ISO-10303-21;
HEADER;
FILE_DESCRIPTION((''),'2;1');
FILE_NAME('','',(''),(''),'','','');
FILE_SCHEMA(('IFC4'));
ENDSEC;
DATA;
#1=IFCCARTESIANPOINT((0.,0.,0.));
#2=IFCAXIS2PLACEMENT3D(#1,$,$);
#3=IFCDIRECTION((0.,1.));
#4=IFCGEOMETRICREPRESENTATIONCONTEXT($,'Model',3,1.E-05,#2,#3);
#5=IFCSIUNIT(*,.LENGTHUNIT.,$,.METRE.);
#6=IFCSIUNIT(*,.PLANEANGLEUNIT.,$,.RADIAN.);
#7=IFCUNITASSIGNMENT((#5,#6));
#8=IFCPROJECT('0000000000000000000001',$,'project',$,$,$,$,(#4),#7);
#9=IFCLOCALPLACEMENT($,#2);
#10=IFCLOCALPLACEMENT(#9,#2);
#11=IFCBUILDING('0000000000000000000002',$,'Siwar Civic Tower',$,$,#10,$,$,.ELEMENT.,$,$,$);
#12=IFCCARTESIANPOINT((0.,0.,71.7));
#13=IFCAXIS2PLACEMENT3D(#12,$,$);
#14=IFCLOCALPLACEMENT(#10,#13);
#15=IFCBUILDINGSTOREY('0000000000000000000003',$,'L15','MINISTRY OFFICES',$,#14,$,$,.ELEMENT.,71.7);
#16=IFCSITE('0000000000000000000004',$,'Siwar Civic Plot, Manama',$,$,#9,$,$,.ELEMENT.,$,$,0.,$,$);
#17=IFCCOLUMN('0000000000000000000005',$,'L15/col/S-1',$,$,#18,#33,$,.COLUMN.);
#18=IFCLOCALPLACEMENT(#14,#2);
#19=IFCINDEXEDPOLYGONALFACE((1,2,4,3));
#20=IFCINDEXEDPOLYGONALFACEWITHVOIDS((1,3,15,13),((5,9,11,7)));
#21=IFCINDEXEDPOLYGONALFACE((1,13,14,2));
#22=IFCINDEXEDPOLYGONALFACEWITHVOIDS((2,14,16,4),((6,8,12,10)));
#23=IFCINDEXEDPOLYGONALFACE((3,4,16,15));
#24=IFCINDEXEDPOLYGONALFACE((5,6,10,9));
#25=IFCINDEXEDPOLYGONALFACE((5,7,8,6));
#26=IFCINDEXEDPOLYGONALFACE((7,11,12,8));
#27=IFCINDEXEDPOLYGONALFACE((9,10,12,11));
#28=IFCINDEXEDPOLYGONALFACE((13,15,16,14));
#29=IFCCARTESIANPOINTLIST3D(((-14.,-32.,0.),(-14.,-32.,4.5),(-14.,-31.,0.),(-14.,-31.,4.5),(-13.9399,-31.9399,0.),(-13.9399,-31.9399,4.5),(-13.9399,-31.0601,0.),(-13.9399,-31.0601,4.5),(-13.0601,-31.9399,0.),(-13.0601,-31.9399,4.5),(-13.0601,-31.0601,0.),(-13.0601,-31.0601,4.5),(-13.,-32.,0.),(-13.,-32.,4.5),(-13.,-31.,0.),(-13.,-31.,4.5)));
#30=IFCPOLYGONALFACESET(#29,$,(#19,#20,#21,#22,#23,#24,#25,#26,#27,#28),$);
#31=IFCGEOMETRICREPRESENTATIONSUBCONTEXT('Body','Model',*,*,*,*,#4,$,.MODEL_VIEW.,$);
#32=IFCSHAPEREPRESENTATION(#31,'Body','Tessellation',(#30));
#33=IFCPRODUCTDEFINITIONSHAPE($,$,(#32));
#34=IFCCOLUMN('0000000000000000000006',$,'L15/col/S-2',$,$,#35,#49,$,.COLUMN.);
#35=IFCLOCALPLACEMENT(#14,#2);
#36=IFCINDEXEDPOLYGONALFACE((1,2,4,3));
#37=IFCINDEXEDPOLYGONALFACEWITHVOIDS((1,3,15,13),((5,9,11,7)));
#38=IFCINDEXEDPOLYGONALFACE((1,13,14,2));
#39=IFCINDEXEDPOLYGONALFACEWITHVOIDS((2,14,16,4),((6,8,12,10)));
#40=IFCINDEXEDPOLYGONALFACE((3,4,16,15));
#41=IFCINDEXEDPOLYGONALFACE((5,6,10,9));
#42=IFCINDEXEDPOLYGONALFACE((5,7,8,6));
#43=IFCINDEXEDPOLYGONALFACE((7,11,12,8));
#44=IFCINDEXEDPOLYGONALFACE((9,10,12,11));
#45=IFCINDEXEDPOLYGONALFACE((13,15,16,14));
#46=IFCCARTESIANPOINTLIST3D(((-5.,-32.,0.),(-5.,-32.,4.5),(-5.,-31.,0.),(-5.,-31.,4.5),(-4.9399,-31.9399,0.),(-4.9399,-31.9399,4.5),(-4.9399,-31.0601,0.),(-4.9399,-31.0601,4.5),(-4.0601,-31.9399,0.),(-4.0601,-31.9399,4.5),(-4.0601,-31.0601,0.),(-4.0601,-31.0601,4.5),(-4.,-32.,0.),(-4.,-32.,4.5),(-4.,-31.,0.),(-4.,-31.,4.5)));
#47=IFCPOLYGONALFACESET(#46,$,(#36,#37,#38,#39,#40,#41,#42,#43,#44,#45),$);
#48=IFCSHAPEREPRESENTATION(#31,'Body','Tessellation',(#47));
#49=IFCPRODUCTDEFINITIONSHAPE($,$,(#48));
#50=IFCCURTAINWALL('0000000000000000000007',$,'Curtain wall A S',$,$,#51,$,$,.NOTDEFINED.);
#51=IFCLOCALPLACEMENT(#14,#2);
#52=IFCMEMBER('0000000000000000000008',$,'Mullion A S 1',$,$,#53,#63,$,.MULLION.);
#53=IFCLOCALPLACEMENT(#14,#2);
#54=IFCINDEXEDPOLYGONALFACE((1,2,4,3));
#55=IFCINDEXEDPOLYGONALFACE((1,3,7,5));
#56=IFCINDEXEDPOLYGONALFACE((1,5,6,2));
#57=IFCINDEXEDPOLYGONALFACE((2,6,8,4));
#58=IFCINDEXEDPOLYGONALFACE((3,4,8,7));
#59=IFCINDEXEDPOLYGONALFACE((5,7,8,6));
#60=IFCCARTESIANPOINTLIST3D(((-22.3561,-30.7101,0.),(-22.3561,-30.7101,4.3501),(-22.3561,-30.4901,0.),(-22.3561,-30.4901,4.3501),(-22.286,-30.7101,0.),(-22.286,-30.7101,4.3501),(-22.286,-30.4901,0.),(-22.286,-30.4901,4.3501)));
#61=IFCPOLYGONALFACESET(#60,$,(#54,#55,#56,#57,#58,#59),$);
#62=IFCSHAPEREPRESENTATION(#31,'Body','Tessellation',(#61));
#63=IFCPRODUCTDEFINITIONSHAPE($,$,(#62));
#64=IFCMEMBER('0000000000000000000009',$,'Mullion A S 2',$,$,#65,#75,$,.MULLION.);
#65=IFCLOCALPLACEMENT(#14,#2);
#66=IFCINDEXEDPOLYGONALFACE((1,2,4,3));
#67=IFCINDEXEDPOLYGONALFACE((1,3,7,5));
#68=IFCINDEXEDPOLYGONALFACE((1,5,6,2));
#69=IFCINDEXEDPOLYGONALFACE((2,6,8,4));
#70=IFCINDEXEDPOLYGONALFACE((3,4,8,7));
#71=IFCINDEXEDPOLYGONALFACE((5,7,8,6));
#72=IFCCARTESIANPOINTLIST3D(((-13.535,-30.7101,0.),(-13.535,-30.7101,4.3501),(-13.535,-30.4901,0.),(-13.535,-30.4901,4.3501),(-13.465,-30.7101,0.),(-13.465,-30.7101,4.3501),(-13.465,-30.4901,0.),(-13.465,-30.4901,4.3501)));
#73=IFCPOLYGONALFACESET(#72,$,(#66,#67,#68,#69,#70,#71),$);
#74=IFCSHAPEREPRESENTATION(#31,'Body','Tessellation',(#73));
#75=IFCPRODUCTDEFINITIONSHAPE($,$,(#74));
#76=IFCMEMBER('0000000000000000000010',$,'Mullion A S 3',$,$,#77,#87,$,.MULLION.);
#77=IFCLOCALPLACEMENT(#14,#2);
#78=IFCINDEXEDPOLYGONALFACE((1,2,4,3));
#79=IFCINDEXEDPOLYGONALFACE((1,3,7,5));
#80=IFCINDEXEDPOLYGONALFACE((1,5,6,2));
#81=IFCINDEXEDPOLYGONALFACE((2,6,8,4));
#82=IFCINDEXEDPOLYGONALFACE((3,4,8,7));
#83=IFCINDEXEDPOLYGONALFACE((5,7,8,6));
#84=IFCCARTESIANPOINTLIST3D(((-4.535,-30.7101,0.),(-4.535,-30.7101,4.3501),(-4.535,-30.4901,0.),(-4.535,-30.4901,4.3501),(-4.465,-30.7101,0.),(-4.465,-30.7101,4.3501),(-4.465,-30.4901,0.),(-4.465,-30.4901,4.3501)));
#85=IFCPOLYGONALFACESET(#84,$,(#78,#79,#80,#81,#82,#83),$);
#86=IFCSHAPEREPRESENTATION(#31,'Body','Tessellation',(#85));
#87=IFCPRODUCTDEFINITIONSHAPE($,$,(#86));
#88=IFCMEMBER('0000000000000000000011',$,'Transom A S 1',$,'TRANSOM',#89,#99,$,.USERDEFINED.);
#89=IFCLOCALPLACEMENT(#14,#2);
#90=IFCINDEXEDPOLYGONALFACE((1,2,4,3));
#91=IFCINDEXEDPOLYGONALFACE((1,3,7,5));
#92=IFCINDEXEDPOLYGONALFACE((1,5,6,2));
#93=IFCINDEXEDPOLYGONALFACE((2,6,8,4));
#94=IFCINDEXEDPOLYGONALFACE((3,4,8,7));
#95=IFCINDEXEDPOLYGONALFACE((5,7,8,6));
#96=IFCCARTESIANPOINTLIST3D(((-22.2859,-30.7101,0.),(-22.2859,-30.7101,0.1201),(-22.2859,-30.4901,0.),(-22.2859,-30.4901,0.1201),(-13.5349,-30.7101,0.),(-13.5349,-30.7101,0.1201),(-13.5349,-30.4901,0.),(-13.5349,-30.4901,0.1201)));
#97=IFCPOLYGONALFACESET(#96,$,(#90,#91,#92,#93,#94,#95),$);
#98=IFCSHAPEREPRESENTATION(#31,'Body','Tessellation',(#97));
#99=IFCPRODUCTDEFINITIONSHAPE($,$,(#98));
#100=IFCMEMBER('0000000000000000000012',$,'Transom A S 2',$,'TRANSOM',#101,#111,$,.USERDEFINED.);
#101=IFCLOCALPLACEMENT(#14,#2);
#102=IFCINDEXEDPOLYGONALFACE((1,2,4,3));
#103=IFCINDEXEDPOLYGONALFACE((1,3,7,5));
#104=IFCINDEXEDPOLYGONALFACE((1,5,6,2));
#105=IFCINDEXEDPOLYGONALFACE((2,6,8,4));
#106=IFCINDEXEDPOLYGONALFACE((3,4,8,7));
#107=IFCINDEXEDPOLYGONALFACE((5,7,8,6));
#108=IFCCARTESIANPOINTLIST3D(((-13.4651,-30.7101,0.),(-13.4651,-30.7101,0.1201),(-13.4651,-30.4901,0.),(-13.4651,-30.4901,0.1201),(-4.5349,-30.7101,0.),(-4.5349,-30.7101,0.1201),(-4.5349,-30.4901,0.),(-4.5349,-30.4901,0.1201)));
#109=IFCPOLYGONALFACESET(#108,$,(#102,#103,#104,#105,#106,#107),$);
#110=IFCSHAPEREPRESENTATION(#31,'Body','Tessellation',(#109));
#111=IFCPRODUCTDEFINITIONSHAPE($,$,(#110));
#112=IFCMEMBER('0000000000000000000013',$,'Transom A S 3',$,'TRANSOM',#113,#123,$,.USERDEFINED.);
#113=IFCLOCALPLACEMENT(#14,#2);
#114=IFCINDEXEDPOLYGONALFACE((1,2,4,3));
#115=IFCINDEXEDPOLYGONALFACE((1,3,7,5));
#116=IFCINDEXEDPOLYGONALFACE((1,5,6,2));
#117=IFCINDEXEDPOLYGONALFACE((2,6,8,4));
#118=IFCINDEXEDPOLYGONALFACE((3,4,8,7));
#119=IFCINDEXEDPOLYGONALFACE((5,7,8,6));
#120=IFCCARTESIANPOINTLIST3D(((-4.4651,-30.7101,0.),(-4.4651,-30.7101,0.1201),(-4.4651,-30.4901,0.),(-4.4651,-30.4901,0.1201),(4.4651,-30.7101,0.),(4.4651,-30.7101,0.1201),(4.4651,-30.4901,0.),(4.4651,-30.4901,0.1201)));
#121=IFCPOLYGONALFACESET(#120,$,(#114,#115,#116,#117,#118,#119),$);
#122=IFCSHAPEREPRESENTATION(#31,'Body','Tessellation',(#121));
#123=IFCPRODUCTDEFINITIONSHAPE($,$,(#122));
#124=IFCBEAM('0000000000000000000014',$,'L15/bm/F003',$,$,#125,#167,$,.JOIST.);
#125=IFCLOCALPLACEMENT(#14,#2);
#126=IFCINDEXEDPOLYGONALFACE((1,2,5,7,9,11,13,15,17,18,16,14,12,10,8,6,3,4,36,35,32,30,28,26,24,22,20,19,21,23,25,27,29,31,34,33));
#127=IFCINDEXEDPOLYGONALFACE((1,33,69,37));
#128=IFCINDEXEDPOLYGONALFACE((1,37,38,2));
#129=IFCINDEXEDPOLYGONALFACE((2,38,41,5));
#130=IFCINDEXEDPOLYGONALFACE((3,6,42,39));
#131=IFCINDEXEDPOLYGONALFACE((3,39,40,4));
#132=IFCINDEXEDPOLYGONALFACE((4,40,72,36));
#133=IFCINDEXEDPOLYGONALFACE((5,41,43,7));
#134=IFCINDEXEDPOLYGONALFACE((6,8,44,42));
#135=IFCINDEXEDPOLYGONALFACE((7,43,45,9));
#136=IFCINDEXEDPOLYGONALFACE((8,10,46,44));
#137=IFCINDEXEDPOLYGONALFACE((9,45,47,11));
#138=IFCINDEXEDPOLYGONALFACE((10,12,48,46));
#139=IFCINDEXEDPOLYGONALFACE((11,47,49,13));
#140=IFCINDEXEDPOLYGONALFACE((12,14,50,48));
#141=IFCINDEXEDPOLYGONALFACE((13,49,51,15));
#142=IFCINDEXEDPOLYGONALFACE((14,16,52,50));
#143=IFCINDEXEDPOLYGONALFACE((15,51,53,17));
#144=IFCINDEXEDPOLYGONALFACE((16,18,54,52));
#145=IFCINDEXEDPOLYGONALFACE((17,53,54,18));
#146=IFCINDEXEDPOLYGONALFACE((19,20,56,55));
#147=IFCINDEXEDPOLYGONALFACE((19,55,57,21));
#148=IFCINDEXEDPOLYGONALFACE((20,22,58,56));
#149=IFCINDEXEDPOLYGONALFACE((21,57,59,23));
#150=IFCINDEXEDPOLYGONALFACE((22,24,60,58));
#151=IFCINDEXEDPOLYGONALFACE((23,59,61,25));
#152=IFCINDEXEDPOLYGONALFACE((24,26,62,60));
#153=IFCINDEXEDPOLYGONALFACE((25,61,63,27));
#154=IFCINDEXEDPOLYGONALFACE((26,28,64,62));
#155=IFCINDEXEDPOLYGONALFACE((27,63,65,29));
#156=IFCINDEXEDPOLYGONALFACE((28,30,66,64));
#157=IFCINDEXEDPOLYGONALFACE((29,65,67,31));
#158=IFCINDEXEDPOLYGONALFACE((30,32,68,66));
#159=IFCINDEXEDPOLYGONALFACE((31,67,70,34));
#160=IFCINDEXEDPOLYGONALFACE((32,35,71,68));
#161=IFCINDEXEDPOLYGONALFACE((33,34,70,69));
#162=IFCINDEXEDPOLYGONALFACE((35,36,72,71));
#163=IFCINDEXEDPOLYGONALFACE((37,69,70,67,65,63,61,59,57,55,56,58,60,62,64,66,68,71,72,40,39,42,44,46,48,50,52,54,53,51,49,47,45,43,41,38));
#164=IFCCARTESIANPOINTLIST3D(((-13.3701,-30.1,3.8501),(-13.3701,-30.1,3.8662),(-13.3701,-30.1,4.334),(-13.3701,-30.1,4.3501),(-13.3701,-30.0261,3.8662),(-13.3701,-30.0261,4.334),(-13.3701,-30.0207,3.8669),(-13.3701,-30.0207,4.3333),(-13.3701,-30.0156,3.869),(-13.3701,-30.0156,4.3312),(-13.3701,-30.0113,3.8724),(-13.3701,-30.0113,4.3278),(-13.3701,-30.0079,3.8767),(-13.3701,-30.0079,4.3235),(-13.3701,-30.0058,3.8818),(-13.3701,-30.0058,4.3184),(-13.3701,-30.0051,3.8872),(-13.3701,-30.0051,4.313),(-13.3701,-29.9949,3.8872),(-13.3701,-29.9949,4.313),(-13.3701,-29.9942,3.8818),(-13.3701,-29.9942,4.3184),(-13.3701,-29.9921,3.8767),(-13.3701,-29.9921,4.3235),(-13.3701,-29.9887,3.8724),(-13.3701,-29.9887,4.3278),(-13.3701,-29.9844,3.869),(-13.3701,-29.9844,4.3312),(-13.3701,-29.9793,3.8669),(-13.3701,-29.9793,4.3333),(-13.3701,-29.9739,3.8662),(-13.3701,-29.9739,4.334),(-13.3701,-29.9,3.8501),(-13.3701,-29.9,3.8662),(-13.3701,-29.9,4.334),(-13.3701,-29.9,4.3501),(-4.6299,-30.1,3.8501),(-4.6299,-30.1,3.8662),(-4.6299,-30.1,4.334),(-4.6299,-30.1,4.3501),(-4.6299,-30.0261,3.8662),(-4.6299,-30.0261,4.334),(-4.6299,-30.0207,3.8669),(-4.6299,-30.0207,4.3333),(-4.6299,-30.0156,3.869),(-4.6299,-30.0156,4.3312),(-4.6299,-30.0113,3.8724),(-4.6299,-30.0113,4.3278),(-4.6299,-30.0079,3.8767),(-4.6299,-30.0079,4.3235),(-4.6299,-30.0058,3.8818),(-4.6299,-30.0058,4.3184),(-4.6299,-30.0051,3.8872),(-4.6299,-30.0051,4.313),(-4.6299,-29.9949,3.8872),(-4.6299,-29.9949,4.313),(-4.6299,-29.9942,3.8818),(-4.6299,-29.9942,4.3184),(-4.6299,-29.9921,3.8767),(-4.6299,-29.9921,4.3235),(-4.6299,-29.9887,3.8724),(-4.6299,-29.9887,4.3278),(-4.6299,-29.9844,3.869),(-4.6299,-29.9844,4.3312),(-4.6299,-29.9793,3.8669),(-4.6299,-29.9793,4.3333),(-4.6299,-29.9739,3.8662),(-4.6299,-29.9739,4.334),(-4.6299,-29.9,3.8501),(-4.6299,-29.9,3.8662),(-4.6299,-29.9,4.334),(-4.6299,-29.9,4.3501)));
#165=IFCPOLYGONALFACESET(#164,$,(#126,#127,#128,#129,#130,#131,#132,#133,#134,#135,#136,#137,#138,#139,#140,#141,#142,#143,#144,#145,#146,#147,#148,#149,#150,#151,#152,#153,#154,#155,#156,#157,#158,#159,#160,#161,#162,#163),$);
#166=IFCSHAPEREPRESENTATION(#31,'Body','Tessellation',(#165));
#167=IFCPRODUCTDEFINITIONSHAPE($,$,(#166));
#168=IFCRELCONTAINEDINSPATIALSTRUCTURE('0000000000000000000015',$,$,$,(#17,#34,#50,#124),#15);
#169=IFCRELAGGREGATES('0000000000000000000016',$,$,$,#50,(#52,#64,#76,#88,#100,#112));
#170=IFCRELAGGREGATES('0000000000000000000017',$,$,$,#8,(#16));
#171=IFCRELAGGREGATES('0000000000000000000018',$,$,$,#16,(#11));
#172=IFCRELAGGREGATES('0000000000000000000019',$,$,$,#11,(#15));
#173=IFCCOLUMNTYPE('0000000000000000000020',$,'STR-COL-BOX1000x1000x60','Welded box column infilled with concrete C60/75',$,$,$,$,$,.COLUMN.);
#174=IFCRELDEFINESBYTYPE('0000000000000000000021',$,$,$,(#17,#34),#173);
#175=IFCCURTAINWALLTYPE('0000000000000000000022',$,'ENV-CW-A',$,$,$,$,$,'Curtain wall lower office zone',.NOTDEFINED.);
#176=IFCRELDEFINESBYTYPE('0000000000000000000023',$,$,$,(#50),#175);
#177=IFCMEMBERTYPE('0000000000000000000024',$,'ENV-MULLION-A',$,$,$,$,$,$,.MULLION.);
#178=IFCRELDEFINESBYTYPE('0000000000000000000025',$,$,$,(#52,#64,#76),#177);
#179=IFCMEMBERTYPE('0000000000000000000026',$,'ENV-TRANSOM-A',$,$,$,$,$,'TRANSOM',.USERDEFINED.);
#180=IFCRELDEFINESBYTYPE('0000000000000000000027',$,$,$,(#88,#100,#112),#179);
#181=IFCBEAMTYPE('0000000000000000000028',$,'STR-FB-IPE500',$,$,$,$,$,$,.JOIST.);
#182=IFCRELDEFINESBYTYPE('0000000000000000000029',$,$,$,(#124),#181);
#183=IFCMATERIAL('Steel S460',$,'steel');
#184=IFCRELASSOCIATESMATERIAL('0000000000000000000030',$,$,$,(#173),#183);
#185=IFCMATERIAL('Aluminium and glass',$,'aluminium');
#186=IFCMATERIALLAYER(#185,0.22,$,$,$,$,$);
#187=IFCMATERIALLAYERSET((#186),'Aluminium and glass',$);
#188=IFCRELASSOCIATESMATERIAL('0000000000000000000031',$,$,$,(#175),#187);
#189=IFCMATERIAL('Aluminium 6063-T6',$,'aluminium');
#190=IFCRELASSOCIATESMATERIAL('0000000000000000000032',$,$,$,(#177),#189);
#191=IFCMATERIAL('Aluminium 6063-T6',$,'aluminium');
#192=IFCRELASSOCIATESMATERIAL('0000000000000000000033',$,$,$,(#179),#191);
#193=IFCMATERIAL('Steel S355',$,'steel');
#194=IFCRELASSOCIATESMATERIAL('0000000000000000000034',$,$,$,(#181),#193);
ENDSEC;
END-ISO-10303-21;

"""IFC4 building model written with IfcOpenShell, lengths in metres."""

from ifc_helpers import new_model, si_unit, direction, frame, origin, origin_2d, place, context, subcontext, project, spatial, rectangle, hollow_rectangle, i_section, extrude, material, layer, layer_set, material_profile, profile_set, type_object, element, aggregate, save


model = new_model("IFC4")

# Units and contexts
model_context = context("Model", 3, precision=1e-05, world=origin(), true_north=direction((0.0, 1.0)))
body_context = subcontext(model_context, "Body", "Model", "MODEL_VIEW")
ifc_project = project(units=[si_unit("LENGTHUNIT", "METRE"), si_unit("PLANEANGLEUNIT", "RADIAN")], contexts=[model_context])

# Site, building, storey
site_placement = place(None, origin())
site = spatial("IfcSite", under=ifc_project, at=site_placement, Name="Siwar Civic Plot, Manama", CompositionType="ELEMENT", RefElevation=0.0)
building_placement = place(site_placement, origin())
building = spatial("IfcBuilding", under=site, at=building_placement, Name="Siwar Civic Tower", CompositionType="ELEMENT")
storey_placement = place(building_placement, frame((0.0, 0.0, 71.7)))
storey = spatial("IfcBuildingStorey", under=building, at=storey_placement, Name="L15", Description="MINISTRY OFFICES", CompositionType="ELEMENT", Elevation=71.7)

# Columns
ifc_material_1 = material(Name="Steel S460", Category="steel")
ifc_material_profile_1 = material_profile(ifc_material_1, hollow_rectangle(XDim=1.0, YDim=1.0, WallThickness=0.0601, at=origin_2d()), Name="BOX1000x1000x60")
ifc_profile_set_1 = profile_set([ifc_material_profile_1], Name="Steel S460")
column_type = type_object("IfcColumnType", Name="STR-COL-BOX1000x1000x60", Description="Welded box column infilled with concrete C60/75", PredefinedType="COLUMN", material=ifc_profile_set_1)
for number, where, z_axis, x_axis, name in (
    (1, (-13.5, -31.5, 0.0), (0.0, 0.0, 1.0), (1.0, 0.0, 0.0), "L15/col/S-1"),
    (2, (-4.5, -31.5, 0.0), (0.0, 0.0, 1.0), (1.0, 0.0, 0.0), "L15/col/S-2"),
):
    element("IfcColumn", number, at=place(storey_placement, frame(where, z_axis=z_axis, x_axis=x_axis)), inside=storey, type_object=column_type, Name=name, PredefinedType="COLUMN", context=body_context, shape_type="SweptSolid", body=[
        extrude(hollow_rectangle(XDim=1.0, YDim=1.0, WallThickness=0.0601, at=origin_2d()), origin(), (0.0, 0.0, 1.0), 4.5),
    ])

# Curtain wall, members
ifc_material_2 = material(Name="Aluminium and glass", Category="aluminium")
ifc_layer_1 = layer(ifc_material_2, 0.22)
ifc_layer_set_1 = layer_set([ifc_layer_1], Name="Aluminium and glass")
curtain_wall_type = type_object("IfcCurtainWallType", Name="ENV-CW-A", ElementType="Curtain wall lower office zone", PredefinedType="NOTDEFINED", material=ifc_layer_set_1)
curtain_wall_placement = place(storey_placement, origin())
curtain_wall = element("IfcCurtainWall", 3, at=curtain_wall_placement, inside=storey, type_object=curtain_wall_type, Name="Curtain wall A S", PredefinedType="NOTDEFINED")
ifc_material_3 = material(Name="Aluminium 6063-T6", Category="aluminium")
ifc_material_profile_2 = material_profile(ifc_material_3, rectangle(XDim=0.22, YDim=0.0701, at=origin_2d()), Name="AL 220x70")
ifc_profile_set_2 = profile_set([ifc_material_profile_2], Name="Aluminium 6063-T6")
member_type_1 = type_object("IfcMemberType", Name="ENV-MULLION-A", PredefinedType="MULLION", material=ifc_profile_set_2)
member_1_placement = place(storey_placement, frame((-22.321, -30.6001, 0.0), z_axis=(0.0, 0.0, 1.0), x_axis=(0.0, 1.0, 0.0)))
member_1 = element("IfcMember", 4, at=member_1_placement, type_object=member_type_1, Name="Mullion A S 1", PredefinedType="MULLION", context=body_context, shape_type="SweptSolid", body=[
    extrude(rectangle(XDim=0.22, YDim=0.0701, at=origin_2d()), origin(), (0.0, 0.0, 1.0), 4.3501),
])
member_2_placement = place(storey_placement, frame((-13.5, -30.6001, 0.0), z_axis=(0.0, 0.0, 1.0), x_axis=(0.0, 1.0, 0.0)))
member_2 = element("IfcMember", 5, at=member_2_placement, type_object=member_type_1, Name="Mullion A S 2", PredefinedType="MULLION", context=body_context, shape_type="SweptSolid", body=[
    extrude(rectangle(XDim=0.22, YDim=0.0701, at=origin_2d()), origin(), (0.0, 0.0, 1.0), 4.3501),
])
member_3_placement = place(storey_placement, frame((-4.5, -30.6001, 0.0), z_axis=(0.0, 0.0, 1.0), x_axis=(0.0, 1.0, 0.0)))
member_3 = element("IfcMember", 6, at=member_3_placement, type_object=member_type_1, Name="Mullion A S 3", PredefinedType="MULLION", context=body_context, shape_type="SweptSolid", body=[
    extrude(rectangle(XDim=0.22, YDim=0.0701, at=origin_2d()), origin(), (0.0, 0.0, 1.0), 4.3501),
])
ifc_material_4 = material(Name="Aluminium 6063-T6", Category="aluminium")
ifc_material_profile_3 = material_profile(ifc_material_4, rectangle(XDim=0.22, YDim=0.1201, at=origin_2d()), Name="AL 220x120")
ifc_profile_set_3 = profile_set([ifc_material_profile_3], Name="Aluminium 6063-T6")
member_type_2 = type_object("IfcMemberType", Name="ENV-TRANSOM-A", ElementType="TRANSOM", PredefinedType="USERDEFINED", material=ifc_profile_set_3)
member_4_placement = place(storey_placement, frame((-22.2859, -30.6001, 0.0601), z_axis=(1.0, 0.0, 0.0), x_axis=(0.0, 1.0, 0.0)))
member_4 = element("IfcMember", 7, at=member_4_placement, type_object=member_type_2, Name="Transom A S 1", ObjectType="TRANSOM", PredefinedType="USERDEFINED", context=body_context, shape_type="SweptSolid", body=[
    extrude(rectangle(XDim=0.22, YDim=0.1201, at=origin_2d()), origin(), (0.0, 0.0, 1.0), 8.751),
])
member_5_placement = place(storey_placement, frame((-13.4651, -30.6001, 0.0601), z_axis=(1.0, 0.0, 0.0), x_axis=(0.0, 1.0, 0.0)))
member_5 = element("IfcMember", 8, at=member_5_placement, type_object=member_type_2, Name="Transom A S 2", ObjectType="TRANSOM", PredefinedType="USERDEFINED", context=body_context, shape_type="SweptSolid", body=[
    extrude(rectangle(XDim=0.22, YDim=0.1201, at=origin_2d()), origin(), (0.0, 0.0, 1.0), 8.9302),
])
member_6_placement = place(storey_placement, frame((-4.4651, -30.6001, 0.0601), z_axis=(1.0, 0.0, 0.0), x_axis=(0.0, 1.0, 0.0)))
member_6 = element("IfcMember", 9, at=member_6_placement, type_object=member_type_2, Name="Transom A S 3", ObjectType="TRANSOM", PredefinedType="USERDEFINED", context=body_context, shape_type="SweptSolid", body=[
    extrude(rectangle(XDim=0.22, YDim=0.1201, at=origin_2d()), origin(), (0.0, 0.0, 1.0), 8.9302),
])

# Beam
ifc_material_5 = material(Name="Steel S355", Category="steel")
ifc_material_profile_4 = material_profile(ifc_material_5, i_section(OverallWidth=0.2, OverallDepth=0.5, WebThickness=0.0103, FlangeThickness=0.0161, FilletRadius=0.021, at=origin_2d()), Name="IPE500")
ifc_profile_set_4 = profile_set([ifc_material_profile_4], Name="Steel S355")
beam_type_1 = type_object("IfcBeamType", Name="STR-FB-IPE500", PredefinedType="JOIST", material=ifc_profile_set_4)
for number, where, z_axis, x_axis, name in (
    (10, (-13.3701, -30.0, 4.1001), (1.0, 0.0, 0.0), (0.0, 1.0, 0.0), "L15/bm/F003"),
):
    element("IfcBeam", number, at=place(storey_placement, frame(where, z_axis=z_axis, x_axis=x_axis)), inside=storey, type_object=beam_type_1, Name=name, PredefinedType="JOIST", context=body_context, shape_type="SweptSolid", body=[
        extrude(i_section(OverallWidth=0.2, OverallDepth=0.5, WebThickness=0.0103, FlangeThickness=0.0161, FilletRadius=0.021, at=origin_2d()), origin(), (0.0, 0.0, 1.0), 8.7402),
    ])

aggregate(curtain_wall, [member_1, member_2, member_3, member_4, member_5, member_6])

save(model, "model.ifc")
